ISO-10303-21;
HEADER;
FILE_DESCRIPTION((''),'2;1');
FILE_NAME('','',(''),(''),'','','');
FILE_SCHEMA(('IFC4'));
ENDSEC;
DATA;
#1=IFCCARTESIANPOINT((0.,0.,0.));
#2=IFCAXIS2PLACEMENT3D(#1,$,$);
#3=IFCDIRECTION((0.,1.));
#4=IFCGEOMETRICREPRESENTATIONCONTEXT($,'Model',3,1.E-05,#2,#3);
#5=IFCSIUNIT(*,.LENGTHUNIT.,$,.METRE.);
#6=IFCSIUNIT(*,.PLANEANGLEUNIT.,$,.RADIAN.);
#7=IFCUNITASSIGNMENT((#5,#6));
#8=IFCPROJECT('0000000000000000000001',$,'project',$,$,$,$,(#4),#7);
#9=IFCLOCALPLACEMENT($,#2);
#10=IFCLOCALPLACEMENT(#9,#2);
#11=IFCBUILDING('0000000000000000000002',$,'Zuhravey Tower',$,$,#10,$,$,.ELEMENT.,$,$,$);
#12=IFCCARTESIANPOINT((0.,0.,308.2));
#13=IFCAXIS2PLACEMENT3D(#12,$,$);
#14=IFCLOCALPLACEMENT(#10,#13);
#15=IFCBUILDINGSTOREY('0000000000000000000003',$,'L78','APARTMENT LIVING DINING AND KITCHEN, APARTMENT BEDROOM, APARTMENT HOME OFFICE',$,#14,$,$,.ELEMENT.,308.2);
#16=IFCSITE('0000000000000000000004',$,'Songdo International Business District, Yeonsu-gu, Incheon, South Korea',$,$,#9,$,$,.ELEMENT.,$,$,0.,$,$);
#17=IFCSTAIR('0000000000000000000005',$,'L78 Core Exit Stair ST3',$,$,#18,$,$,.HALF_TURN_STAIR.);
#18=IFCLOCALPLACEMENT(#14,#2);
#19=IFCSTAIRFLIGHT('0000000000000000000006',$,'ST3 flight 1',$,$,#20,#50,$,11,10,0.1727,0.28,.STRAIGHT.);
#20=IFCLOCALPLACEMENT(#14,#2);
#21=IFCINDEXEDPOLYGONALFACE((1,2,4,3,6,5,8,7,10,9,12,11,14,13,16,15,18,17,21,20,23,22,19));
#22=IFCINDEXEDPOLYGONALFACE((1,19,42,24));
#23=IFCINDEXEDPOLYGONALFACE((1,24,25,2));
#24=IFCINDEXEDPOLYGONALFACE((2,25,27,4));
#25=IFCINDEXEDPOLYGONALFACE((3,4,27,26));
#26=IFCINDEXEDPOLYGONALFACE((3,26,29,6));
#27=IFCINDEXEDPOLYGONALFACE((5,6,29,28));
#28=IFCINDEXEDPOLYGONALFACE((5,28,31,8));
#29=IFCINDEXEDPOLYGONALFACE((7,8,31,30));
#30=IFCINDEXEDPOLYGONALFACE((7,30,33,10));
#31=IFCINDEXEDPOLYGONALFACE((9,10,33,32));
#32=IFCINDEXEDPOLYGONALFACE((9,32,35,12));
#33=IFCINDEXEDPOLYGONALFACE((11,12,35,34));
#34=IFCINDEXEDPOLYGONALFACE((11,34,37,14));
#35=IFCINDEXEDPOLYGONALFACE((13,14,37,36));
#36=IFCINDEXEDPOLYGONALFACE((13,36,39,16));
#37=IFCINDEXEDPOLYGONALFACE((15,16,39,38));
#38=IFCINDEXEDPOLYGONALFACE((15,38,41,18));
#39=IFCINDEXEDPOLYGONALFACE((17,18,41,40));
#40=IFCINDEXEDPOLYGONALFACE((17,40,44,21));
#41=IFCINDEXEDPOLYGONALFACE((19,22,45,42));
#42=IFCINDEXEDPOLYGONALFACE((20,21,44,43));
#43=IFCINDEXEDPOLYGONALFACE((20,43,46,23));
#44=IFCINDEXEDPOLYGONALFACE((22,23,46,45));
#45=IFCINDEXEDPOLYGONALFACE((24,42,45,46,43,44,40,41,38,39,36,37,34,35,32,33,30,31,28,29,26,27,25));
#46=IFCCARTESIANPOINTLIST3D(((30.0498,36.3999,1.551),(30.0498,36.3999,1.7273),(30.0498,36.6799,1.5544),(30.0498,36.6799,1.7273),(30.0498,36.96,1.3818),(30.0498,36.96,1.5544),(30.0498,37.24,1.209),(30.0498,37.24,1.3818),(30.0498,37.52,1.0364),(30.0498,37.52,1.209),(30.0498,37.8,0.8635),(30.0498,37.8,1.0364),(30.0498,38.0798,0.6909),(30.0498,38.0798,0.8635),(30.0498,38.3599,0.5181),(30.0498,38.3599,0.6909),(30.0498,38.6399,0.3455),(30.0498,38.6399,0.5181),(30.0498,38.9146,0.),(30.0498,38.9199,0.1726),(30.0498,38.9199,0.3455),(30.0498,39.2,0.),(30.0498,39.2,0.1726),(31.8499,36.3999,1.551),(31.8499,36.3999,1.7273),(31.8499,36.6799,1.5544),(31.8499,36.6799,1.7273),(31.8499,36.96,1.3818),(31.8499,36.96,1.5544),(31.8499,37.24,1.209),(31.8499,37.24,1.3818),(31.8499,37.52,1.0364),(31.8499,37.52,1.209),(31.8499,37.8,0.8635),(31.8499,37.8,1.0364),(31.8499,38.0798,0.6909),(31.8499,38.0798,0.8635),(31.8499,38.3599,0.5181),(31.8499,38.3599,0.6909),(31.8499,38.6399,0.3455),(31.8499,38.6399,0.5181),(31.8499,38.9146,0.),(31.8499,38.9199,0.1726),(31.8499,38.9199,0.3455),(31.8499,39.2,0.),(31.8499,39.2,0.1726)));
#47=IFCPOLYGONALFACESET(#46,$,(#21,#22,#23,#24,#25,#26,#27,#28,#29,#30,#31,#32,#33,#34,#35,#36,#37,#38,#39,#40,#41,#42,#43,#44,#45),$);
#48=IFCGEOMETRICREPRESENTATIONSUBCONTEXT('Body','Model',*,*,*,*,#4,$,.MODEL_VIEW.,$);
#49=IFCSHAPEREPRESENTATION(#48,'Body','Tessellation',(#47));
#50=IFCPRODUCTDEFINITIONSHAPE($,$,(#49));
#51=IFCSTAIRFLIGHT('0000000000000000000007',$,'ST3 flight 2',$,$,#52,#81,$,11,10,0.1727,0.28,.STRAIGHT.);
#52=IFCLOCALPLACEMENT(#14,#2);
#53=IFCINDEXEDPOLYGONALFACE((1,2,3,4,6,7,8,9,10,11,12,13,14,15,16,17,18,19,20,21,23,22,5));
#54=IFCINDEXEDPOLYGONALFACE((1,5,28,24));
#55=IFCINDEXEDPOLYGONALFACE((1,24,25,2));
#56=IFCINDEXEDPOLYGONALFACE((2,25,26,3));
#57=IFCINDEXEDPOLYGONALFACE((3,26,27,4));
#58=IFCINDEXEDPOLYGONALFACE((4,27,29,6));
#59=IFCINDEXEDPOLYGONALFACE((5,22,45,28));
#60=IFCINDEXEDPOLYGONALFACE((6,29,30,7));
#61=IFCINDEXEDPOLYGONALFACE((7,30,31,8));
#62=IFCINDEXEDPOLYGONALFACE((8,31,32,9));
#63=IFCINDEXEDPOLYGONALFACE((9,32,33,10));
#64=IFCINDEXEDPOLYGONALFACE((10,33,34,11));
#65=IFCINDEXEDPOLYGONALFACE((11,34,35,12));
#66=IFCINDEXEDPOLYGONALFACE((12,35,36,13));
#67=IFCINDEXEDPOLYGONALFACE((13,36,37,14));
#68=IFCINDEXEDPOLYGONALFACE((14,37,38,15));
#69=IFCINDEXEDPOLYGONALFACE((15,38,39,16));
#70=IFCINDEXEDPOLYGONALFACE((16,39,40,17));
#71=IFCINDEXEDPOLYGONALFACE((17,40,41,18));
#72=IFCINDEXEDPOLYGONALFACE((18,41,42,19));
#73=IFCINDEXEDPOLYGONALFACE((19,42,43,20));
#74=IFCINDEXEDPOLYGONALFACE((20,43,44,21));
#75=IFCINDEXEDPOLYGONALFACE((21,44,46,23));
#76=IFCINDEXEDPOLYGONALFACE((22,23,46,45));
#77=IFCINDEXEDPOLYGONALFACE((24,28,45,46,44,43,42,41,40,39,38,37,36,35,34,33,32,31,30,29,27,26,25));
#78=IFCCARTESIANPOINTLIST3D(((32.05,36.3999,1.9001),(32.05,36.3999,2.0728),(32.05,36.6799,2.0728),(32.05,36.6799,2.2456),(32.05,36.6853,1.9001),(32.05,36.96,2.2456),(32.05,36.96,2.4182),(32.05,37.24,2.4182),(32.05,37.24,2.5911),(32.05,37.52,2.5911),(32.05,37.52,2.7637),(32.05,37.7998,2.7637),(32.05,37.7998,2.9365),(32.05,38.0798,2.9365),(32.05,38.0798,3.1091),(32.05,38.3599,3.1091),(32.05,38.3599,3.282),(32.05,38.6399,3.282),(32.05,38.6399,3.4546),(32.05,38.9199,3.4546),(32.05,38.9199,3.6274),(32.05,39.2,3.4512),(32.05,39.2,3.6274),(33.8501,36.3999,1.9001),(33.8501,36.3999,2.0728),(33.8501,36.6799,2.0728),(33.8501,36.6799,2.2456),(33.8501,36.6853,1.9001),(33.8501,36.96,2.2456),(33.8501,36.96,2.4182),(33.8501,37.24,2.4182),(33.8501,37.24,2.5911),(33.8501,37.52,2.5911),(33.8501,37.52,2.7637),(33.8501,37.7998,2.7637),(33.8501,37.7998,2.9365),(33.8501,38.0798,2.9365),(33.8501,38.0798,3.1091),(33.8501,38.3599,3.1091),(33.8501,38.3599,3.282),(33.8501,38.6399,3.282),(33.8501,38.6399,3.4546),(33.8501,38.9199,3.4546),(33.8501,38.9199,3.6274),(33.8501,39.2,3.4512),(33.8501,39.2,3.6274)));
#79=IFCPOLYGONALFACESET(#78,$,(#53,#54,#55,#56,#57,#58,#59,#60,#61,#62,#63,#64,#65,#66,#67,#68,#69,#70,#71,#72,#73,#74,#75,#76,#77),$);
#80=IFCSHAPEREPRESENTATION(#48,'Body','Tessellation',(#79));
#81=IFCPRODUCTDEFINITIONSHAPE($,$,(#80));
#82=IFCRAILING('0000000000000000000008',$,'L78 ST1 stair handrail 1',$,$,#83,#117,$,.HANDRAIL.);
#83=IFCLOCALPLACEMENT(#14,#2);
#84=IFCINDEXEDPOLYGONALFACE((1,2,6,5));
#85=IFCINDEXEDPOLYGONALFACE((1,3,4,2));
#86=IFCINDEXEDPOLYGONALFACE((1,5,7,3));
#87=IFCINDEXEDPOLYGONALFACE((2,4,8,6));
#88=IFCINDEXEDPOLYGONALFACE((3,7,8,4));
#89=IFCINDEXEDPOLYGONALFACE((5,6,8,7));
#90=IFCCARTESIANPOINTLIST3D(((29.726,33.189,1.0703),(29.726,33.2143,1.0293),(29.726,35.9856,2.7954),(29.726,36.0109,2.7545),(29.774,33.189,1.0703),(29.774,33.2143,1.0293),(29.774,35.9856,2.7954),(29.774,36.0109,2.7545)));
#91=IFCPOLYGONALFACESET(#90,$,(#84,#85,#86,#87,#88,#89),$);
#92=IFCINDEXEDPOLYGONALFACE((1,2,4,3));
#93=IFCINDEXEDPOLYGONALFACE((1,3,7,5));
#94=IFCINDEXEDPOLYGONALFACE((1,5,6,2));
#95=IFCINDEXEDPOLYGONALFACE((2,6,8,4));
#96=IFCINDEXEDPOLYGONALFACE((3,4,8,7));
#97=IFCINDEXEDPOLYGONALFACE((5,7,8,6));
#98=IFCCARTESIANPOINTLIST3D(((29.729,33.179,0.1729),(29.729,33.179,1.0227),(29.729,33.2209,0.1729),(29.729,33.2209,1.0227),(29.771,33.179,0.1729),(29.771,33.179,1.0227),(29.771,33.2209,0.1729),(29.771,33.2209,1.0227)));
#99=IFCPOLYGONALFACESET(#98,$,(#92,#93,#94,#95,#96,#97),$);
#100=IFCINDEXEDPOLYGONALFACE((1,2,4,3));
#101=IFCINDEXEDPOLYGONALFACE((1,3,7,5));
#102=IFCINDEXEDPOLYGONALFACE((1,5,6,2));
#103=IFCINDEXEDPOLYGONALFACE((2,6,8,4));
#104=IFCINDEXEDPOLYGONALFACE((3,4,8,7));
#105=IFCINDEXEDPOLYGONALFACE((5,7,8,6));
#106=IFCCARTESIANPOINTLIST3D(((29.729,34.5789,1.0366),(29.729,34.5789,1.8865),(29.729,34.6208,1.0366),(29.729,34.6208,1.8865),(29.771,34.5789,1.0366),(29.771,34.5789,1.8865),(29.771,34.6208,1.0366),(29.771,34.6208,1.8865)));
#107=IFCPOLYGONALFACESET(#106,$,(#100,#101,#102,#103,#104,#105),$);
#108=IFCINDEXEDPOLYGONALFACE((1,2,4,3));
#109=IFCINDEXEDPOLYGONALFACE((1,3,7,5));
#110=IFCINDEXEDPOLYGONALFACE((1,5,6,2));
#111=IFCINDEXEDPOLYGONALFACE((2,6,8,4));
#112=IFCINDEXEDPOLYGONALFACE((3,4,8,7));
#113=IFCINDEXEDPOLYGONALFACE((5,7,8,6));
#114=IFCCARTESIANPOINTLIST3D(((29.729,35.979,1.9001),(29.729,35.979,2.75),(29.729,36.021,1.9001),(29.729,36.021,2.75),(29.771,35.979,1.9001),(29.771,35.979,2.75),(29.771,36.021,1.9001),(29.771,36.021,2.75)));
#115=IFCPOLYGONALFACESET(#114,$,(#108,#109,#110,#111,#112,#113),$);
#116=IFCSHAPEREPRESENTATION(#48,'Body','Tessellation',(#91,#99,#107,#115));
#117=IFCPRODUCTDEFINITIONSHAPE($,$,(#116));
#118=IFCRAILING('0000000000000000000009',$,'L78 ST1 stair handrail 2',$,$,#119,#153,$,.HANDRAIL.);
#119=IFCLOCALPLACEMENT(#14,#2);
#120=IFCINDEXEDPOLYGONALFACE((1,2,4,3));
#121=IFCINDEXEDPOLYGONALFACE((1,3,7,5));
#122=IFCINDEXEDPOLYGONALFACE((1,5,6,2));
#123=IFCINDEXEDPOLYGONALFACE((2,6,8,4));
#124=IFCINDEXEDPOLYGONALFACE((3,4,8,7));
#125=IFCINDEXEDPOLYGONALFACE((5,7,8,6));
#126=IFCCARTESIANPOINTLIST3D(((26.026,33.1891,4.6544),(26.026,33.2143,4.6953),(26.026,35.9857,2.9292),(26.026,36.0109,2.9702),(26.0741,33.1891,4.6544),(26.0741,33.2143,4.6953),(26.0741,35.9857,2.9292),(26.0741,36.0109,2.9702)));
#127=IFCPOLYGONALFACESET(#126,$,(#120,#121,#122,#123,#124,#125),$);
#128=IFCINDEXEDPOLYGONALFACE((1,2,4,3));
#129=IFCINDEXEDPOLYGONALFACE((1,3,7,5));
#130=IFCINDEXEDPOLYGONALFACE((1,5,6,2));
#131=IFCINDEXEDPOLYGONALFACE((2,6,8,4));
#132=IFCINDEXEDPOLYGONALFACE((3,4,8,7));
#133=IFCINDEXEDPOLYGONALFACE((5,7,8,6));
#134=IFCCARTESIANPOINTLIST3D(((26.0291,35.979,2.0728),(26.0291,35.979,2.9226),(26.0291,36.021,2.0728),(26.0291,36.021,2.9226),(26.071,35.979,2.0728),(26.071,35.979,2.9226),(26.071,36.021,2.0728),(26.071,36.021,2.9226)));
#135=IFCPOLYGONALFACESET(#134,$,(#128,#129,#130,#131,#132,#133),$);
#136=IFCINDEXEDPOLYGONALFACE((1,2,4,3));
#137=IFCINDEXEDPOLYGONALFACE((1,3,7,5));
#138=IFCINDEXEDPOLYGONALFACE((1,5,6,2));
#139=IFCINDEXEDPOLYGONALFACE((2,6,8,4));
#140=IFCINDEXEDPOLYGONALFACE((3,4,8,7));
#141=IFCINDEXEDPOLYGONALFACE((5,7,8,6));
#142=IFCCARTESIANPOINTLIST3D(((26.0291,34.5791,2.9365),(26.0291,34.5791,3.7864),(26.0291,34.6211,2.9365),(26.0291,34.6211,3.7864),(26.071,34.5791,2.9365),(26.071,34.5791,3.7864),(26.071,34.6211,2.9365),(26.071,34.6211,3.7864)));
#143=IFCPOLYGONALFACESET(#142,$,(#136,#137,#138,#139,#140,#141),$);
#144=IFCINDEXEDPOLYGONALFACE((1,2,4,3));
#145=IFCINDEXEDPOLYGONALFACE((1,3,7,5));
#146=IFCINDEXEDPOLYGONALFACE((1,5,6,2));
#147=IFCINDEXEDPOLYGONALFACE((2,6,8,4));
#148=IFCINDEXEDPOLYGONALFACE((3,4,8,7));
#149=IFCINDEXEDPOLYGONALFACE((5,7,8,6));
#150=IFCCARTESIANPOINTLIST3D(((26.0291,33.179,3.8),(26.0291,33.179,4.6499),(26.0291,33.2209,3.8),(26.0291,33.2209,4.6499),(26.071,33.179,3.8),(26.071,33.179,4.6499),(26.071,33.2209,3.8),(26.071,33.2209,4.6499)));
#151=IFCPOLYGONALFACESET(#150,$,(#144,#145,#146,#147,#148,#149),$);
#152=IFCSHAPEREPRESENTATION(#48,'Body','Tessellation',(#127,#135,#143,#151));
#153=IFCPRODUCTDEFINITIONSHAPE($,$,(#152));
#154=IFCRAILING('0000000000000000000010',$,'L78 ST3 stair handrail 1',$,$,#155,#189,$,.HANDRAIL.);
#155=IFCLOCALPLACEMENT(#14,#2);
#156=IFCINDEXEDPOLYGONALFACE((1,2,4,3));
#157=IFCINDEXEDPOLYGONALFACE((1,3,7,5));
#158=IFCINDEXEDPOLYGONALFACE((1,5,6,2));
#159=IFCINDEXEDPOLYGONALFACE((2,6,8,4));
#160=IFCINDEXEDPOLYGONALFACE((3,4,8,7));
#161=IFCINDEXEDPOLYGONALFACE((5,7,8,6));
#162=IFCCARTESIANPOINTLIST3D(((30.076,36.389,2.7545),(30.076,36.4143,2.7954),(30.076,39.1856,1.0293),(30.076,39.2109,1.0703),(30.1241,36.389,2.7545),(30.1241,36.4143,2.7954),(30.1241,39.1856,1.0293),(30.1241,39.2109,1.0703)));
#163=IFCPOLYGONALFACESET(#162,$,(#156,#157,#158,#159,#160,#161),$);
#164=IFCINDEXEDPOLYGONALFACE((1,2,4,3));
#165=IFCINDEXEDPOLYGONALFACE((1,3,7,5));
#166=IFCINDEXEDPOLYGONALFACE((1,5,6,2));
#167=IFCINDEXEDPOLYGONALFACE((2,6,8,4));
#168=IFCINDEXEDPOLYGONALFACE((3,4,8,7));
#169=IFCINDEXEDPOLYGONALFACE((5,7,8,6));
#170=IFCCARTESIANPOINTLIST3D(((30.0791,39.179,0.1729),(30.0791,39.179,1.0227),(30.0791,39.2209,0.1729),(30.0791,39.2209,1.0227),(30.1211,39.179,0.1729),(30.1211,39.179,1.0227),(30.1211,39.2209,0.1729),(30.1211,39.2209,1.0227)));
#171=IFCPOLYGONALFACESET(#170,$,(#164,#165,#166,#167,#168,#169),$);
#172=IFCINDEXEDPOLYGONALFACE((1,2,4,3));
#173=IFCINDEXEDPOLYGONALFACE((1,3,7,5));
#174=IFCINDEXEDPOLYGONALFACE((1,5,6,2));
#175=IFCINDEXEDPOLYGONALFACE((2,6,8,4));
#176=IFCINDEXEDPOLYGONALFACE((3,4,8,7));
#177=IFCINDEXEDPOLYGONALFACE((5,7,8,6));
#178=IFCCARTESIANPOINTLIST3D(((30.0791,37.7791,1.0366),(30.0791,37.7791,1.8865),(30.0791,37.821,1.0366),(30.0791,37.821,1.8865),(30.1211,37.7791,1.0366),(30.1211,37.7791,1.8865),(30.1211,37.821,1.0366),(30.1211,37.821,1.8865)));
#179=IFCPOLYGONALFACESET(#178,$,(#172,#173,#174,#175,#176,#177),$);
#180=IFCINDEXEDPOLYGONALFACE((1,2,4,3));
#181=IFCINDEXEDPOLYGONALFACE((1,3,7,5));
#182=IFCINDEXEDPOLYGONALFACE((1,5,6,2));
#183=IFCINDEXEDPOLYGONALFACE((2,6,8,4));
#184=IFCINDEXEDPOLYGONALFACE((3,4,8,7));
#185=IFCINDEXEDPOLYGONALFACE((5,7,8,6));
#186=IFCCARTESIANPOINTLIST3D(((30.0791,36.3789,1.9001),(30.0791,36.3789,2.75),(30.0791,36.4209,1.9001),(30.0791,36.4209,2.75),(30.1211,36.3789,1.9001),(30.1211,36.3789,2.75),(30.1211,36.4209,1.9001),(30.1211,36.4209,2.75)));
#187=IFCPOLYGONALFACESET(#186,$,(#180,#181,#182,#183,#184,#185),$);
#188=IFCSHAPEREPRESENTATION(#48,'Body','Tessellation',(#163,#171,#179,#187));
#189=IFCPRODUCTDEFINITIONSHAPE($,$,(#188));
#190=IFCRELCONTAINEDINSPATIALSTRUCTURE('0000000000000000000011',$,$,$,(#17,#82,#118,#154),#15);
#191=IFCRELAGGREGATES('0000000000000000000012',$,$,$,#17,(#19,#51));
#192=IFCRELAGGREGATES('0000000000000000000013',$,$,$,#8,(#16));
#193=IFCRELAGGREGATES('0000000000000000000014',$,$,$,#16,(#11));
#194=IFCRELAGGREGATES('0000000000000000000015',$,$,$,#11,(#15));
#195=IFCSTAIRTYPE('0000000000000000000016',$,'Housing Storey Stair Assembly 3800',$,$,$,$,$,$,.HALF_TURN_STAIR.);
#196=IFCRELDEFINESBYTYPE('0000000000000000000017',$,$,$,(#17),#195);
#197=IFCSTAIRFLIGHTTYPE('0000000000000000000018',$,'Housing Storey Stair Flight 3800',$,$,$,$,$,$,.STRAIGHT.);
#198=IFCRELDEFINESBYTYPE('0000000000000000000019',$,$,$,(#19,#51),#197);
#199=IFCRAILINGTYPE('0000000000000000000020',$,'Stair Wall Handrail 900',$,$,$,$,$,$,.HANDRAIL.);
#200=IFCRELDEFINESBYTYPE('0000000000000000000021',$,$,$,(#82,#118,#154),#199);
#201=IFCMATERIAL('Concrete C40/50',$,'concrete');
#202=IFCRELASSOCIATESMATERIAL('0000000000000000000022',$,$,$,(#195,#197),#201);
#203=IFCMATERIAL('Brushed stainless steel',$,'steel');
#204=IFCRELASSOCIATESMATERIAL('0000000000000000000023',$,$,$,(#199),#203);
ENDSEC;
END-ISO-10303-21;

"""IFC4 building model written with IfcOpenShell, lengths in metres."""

from ifc_helpers import new_model, si_unit, direction, frame, origin, origin_2d, place, context, subcontext, project, spatial, polyline, rectangle, outline, extrude, material, type_object, element, aggregate, save


model = new_model("IFC4")

# Units and contexts
model_context = context("Model", 3, precision=1e-05, world=origin(), true_north=direction((0.0, 1.0)))
body_context = subcontext(model_context, "Body", "Model", "MODEL_VIEW")
ifc_project = project(units=[si_unit("LENGTHUNIT", "METRE"), si_unit("PLANEANGLEUNIT", "RADIAN")], contexts=[model_context])

# Site, building, storey
site_placement = place(None, origin())
site = spatial("IfcSite", under=ifc_project, at=site_placement, Name="Songdo International Business District, Yeonsu-gu, Incheon, South Korea", CompositionType="ELEMENT", RefElevation=0.0)
building_placement = place(site_placement, origin())
building = spatial("IfcBuilding", under=site, at=building_placement, Name="Zuhravey Tower", CompositionType="ELEMENT")
storey_placement = place(building_placement, frame((0.0, 0.0, 308.2)))
storey = spatial("IfcBuildingStorey", under=building, at=storey_placement, Name="L78", Description="APARTMENT LIVING DINING AND KITCHEN, APARTMENT BEDROOM, APARTMENT HOME OFFICE", CompositionType="ELEMENT", Elevation=308.2)

# Stair, stair flights
ifc_material_1 = material(Name="Concrete C40/50", Category="concrete")
stair_type = type_object("IfcStairType", Name="Housing Storey Stair Assembly 3800", PredefinedType="HALF_TURN_STAIR", material=ifc_material_1)
stair_flight_type = type_object("IfcStairFlightType", Name="Housing Storey Stair Flight 3800", PredefinedType="STRAIGHT", material=ifc_material_1)
stair_1_placement = place(storey_placement, origin())
stair_1 = element("IfcStair", 1, at=stair_1_placement, inside=storey, type_object=stair_type, Name="L78 Core Exit Stair ST3", PredefinedType="HALF_TURN_STAIR")
stair_flight_1_placement = place(storey_placement, frame((30.95, 39.2, 0.0), z_axis=(0.0, 0.0, 1.0), x_axis=(0.0, -1.0, 0.0)))
stair_flight_1 = element("IfcStairFlight", 2, at=stair_flight_1_placement, type_object=stair_flight_type, Name="ST3 flight 1", NumberOfRisers=11, NumberOfTreads=10, PredefinedType="STRAIGHT", RiserHeight=0.1727, TreadLength=0.28, context=body_context, shape_type="SweptSolid", body=[
    extrude(outline(polyline([(0.0, 0.0), (0.0, 0.1726), (0.28, 0.1726), (0.28, 0.3455), (0.5601, 0.3455), (0.5601, 0.5181), (0.8401, 0.5181), (0.8401, 0.6909), (1.1201, 0.6909), (1.1201, 0.8635), (1.3999, 0.8635), (1.3999, 1.0364), (1.6799, 1.0364), (1.6799, 1.209), (1.96, 1.209), (1.96, 1.3818), (2.24, 1.3818), (2.24, 1.5544), (2.52, 1.5544), (2.52, 1.7273), (2.8, 1.7273), (2.8, 1.8999), (2.8, 1.551), (0.2854, 0.0), (0.0, 0.0)])), frame((0.0, 0.8999, 0.0), z_axis=(0.0, -1.0, 0.0), x_axis=(1.0, 0.0, 0.0)), (0.0, 0.0, 1.0), 1.8),
])
stair_flight_2_placement = place(storey_placement, frame((32.95, 36.3999, 1.9001), z_axis=(0.0, 0.0, 1.0), x_axis=(0.0, 1.0, 0.0)))
stair_flight_2 = element("IfcStairFlight", 3, at=stair_flight_2_placement, type_object=stair_flight_type, Name="ST3 flight 2", NumberOfRisers=11, NumberOfTreads=10, PredefinedType="STRAIGHT", RiserHeight=0.1727, TreadLength=0.28, context=body_context, shape_type="SweptSolid", body=[
    extrude(outline(polyline([(0.0, 0.0), (0.0, 0.1726), (0.28, 0.1726), (0.28, 0.3455), (0.5601, 0.3455), (0.5601, 0.5181), (0.8401, 0.5181), (0.8401, 0.6909), (1.1201, 0.6909), (1.1201, 0.8635), (1.3999, 0.8635), (1.3999, 1.0364), (1.6799, 1.0364), (1.6799, 1.209), (1.96, 1.209), (1.96, 1.3818), (2.24, 1.3818), (2.24, 1.5544), (2.52, 1.5544), (2.52, 1.7273), (2.8, 1.7273), (2.8, 1.8999), (2.8, 1.551), (0.2854, 0.0), (0.0, 0.0)])), frame((0.0, 0.8999, 0.0), z_axis=(0.0, -1.0, 0.0), x_axis=(1.0, 0.0, 0.0)), (0.0, 0.0, 1.0), 1.8),
])
aggregate(stair_1, [stair_flight_1, stair_flight_2])

# Railings
ifc_material_2 = material(Name="Brushed stainless steel", Category="steel")
railing_type_1 = type_object("IfcRailingType", Name="Stair Wall Handrail 900", PredefinedType="HANDRAIL", material=ifc_material_2)
railing_1_placement = place(storey_placement, frame((29.75, 33.2, 0.1729)))
element("IfcRailing", 4, at=railing_1_placement, inside=storey, type_object=railing_type_1, Name="L78 ST1 stair handrail 1", PredefinedType="HANDRAIL", context=body_context, shape_type="SweptSolid", body=[
    extrude(rectangle(XDim=0.0481, YDim=0.0481, at=origin_2d()), frame((0.0, 0.0017, 0.877), z_axis=(0.0, 0.85109, 0.52502), x_axis=(-1.0, 0.0, 0.0)), (0.0, 0.0, 1.0), 3.2859),
    extrude(rectangle(XDim=0.042, YDim=0.042, at=origin_2d()), origin(), (0.0, 0.0, 1.0), 0.8499),
    extrude(rectangle(XDim=0.042, YDim=0.042, at=origin_2d()), frame((0.0, 1.3999, 0.8638)), (0.0, 0.0, 1.0), 0.8499),
    extrude(rectangle(XDim=0.042, YDim=0.042, at=origin_2d()), frame((0.0, 2.8, 1.7273)), (0.0, 0.0, 1.0), 0.8499),
])
for number, where, name in (
    (5, (26.05, 36.0, 2.0728), "L78 ST1 stair handrail 2"),
    (6, (30.1001, 39.2, 0.1729), "L78 ST3 stair handrail 1"),
):
    element("IfcRailing", number, at=place(storey_placement, frame(where)), inside=storey, type_object=railing_type_1, Name=name, PredefinedType="HANDRAIL", context=body_context, shape_type="SweptSolid", body=[
        extrude(rectangle(XDim=0.0481, YDim=0.0481, at=origin_2d()), frame((0.0, -0.0017, 0.877), z_axis=(0.0, -0.85109, 0.52502), x_axis=(1.0, 0.0, 0.0)), (0.0, 0.0, 1.0), 3.2859),
        extrude(rectangle(XDim=0.042, YDim=0.042, at=origin_2d()), origin(), (0.0, 0.0, 1.0), 0.8499),
        extrude(rectangle(XDim=0.042, YDim=0.042, at=origin_2d()), frame((0.0, -1.3999, 0.8638)), (0.0, 0.0, 1.0), 0.8499),
        extrude(rectangle(XDim=0.042, YDim=0.042, at=origin_2d()), frame((0.0, -2.8, 1.7273)), (0.0, 0.0, 1.0), 0.8499),
    ])

save(model, "model.ifc")
